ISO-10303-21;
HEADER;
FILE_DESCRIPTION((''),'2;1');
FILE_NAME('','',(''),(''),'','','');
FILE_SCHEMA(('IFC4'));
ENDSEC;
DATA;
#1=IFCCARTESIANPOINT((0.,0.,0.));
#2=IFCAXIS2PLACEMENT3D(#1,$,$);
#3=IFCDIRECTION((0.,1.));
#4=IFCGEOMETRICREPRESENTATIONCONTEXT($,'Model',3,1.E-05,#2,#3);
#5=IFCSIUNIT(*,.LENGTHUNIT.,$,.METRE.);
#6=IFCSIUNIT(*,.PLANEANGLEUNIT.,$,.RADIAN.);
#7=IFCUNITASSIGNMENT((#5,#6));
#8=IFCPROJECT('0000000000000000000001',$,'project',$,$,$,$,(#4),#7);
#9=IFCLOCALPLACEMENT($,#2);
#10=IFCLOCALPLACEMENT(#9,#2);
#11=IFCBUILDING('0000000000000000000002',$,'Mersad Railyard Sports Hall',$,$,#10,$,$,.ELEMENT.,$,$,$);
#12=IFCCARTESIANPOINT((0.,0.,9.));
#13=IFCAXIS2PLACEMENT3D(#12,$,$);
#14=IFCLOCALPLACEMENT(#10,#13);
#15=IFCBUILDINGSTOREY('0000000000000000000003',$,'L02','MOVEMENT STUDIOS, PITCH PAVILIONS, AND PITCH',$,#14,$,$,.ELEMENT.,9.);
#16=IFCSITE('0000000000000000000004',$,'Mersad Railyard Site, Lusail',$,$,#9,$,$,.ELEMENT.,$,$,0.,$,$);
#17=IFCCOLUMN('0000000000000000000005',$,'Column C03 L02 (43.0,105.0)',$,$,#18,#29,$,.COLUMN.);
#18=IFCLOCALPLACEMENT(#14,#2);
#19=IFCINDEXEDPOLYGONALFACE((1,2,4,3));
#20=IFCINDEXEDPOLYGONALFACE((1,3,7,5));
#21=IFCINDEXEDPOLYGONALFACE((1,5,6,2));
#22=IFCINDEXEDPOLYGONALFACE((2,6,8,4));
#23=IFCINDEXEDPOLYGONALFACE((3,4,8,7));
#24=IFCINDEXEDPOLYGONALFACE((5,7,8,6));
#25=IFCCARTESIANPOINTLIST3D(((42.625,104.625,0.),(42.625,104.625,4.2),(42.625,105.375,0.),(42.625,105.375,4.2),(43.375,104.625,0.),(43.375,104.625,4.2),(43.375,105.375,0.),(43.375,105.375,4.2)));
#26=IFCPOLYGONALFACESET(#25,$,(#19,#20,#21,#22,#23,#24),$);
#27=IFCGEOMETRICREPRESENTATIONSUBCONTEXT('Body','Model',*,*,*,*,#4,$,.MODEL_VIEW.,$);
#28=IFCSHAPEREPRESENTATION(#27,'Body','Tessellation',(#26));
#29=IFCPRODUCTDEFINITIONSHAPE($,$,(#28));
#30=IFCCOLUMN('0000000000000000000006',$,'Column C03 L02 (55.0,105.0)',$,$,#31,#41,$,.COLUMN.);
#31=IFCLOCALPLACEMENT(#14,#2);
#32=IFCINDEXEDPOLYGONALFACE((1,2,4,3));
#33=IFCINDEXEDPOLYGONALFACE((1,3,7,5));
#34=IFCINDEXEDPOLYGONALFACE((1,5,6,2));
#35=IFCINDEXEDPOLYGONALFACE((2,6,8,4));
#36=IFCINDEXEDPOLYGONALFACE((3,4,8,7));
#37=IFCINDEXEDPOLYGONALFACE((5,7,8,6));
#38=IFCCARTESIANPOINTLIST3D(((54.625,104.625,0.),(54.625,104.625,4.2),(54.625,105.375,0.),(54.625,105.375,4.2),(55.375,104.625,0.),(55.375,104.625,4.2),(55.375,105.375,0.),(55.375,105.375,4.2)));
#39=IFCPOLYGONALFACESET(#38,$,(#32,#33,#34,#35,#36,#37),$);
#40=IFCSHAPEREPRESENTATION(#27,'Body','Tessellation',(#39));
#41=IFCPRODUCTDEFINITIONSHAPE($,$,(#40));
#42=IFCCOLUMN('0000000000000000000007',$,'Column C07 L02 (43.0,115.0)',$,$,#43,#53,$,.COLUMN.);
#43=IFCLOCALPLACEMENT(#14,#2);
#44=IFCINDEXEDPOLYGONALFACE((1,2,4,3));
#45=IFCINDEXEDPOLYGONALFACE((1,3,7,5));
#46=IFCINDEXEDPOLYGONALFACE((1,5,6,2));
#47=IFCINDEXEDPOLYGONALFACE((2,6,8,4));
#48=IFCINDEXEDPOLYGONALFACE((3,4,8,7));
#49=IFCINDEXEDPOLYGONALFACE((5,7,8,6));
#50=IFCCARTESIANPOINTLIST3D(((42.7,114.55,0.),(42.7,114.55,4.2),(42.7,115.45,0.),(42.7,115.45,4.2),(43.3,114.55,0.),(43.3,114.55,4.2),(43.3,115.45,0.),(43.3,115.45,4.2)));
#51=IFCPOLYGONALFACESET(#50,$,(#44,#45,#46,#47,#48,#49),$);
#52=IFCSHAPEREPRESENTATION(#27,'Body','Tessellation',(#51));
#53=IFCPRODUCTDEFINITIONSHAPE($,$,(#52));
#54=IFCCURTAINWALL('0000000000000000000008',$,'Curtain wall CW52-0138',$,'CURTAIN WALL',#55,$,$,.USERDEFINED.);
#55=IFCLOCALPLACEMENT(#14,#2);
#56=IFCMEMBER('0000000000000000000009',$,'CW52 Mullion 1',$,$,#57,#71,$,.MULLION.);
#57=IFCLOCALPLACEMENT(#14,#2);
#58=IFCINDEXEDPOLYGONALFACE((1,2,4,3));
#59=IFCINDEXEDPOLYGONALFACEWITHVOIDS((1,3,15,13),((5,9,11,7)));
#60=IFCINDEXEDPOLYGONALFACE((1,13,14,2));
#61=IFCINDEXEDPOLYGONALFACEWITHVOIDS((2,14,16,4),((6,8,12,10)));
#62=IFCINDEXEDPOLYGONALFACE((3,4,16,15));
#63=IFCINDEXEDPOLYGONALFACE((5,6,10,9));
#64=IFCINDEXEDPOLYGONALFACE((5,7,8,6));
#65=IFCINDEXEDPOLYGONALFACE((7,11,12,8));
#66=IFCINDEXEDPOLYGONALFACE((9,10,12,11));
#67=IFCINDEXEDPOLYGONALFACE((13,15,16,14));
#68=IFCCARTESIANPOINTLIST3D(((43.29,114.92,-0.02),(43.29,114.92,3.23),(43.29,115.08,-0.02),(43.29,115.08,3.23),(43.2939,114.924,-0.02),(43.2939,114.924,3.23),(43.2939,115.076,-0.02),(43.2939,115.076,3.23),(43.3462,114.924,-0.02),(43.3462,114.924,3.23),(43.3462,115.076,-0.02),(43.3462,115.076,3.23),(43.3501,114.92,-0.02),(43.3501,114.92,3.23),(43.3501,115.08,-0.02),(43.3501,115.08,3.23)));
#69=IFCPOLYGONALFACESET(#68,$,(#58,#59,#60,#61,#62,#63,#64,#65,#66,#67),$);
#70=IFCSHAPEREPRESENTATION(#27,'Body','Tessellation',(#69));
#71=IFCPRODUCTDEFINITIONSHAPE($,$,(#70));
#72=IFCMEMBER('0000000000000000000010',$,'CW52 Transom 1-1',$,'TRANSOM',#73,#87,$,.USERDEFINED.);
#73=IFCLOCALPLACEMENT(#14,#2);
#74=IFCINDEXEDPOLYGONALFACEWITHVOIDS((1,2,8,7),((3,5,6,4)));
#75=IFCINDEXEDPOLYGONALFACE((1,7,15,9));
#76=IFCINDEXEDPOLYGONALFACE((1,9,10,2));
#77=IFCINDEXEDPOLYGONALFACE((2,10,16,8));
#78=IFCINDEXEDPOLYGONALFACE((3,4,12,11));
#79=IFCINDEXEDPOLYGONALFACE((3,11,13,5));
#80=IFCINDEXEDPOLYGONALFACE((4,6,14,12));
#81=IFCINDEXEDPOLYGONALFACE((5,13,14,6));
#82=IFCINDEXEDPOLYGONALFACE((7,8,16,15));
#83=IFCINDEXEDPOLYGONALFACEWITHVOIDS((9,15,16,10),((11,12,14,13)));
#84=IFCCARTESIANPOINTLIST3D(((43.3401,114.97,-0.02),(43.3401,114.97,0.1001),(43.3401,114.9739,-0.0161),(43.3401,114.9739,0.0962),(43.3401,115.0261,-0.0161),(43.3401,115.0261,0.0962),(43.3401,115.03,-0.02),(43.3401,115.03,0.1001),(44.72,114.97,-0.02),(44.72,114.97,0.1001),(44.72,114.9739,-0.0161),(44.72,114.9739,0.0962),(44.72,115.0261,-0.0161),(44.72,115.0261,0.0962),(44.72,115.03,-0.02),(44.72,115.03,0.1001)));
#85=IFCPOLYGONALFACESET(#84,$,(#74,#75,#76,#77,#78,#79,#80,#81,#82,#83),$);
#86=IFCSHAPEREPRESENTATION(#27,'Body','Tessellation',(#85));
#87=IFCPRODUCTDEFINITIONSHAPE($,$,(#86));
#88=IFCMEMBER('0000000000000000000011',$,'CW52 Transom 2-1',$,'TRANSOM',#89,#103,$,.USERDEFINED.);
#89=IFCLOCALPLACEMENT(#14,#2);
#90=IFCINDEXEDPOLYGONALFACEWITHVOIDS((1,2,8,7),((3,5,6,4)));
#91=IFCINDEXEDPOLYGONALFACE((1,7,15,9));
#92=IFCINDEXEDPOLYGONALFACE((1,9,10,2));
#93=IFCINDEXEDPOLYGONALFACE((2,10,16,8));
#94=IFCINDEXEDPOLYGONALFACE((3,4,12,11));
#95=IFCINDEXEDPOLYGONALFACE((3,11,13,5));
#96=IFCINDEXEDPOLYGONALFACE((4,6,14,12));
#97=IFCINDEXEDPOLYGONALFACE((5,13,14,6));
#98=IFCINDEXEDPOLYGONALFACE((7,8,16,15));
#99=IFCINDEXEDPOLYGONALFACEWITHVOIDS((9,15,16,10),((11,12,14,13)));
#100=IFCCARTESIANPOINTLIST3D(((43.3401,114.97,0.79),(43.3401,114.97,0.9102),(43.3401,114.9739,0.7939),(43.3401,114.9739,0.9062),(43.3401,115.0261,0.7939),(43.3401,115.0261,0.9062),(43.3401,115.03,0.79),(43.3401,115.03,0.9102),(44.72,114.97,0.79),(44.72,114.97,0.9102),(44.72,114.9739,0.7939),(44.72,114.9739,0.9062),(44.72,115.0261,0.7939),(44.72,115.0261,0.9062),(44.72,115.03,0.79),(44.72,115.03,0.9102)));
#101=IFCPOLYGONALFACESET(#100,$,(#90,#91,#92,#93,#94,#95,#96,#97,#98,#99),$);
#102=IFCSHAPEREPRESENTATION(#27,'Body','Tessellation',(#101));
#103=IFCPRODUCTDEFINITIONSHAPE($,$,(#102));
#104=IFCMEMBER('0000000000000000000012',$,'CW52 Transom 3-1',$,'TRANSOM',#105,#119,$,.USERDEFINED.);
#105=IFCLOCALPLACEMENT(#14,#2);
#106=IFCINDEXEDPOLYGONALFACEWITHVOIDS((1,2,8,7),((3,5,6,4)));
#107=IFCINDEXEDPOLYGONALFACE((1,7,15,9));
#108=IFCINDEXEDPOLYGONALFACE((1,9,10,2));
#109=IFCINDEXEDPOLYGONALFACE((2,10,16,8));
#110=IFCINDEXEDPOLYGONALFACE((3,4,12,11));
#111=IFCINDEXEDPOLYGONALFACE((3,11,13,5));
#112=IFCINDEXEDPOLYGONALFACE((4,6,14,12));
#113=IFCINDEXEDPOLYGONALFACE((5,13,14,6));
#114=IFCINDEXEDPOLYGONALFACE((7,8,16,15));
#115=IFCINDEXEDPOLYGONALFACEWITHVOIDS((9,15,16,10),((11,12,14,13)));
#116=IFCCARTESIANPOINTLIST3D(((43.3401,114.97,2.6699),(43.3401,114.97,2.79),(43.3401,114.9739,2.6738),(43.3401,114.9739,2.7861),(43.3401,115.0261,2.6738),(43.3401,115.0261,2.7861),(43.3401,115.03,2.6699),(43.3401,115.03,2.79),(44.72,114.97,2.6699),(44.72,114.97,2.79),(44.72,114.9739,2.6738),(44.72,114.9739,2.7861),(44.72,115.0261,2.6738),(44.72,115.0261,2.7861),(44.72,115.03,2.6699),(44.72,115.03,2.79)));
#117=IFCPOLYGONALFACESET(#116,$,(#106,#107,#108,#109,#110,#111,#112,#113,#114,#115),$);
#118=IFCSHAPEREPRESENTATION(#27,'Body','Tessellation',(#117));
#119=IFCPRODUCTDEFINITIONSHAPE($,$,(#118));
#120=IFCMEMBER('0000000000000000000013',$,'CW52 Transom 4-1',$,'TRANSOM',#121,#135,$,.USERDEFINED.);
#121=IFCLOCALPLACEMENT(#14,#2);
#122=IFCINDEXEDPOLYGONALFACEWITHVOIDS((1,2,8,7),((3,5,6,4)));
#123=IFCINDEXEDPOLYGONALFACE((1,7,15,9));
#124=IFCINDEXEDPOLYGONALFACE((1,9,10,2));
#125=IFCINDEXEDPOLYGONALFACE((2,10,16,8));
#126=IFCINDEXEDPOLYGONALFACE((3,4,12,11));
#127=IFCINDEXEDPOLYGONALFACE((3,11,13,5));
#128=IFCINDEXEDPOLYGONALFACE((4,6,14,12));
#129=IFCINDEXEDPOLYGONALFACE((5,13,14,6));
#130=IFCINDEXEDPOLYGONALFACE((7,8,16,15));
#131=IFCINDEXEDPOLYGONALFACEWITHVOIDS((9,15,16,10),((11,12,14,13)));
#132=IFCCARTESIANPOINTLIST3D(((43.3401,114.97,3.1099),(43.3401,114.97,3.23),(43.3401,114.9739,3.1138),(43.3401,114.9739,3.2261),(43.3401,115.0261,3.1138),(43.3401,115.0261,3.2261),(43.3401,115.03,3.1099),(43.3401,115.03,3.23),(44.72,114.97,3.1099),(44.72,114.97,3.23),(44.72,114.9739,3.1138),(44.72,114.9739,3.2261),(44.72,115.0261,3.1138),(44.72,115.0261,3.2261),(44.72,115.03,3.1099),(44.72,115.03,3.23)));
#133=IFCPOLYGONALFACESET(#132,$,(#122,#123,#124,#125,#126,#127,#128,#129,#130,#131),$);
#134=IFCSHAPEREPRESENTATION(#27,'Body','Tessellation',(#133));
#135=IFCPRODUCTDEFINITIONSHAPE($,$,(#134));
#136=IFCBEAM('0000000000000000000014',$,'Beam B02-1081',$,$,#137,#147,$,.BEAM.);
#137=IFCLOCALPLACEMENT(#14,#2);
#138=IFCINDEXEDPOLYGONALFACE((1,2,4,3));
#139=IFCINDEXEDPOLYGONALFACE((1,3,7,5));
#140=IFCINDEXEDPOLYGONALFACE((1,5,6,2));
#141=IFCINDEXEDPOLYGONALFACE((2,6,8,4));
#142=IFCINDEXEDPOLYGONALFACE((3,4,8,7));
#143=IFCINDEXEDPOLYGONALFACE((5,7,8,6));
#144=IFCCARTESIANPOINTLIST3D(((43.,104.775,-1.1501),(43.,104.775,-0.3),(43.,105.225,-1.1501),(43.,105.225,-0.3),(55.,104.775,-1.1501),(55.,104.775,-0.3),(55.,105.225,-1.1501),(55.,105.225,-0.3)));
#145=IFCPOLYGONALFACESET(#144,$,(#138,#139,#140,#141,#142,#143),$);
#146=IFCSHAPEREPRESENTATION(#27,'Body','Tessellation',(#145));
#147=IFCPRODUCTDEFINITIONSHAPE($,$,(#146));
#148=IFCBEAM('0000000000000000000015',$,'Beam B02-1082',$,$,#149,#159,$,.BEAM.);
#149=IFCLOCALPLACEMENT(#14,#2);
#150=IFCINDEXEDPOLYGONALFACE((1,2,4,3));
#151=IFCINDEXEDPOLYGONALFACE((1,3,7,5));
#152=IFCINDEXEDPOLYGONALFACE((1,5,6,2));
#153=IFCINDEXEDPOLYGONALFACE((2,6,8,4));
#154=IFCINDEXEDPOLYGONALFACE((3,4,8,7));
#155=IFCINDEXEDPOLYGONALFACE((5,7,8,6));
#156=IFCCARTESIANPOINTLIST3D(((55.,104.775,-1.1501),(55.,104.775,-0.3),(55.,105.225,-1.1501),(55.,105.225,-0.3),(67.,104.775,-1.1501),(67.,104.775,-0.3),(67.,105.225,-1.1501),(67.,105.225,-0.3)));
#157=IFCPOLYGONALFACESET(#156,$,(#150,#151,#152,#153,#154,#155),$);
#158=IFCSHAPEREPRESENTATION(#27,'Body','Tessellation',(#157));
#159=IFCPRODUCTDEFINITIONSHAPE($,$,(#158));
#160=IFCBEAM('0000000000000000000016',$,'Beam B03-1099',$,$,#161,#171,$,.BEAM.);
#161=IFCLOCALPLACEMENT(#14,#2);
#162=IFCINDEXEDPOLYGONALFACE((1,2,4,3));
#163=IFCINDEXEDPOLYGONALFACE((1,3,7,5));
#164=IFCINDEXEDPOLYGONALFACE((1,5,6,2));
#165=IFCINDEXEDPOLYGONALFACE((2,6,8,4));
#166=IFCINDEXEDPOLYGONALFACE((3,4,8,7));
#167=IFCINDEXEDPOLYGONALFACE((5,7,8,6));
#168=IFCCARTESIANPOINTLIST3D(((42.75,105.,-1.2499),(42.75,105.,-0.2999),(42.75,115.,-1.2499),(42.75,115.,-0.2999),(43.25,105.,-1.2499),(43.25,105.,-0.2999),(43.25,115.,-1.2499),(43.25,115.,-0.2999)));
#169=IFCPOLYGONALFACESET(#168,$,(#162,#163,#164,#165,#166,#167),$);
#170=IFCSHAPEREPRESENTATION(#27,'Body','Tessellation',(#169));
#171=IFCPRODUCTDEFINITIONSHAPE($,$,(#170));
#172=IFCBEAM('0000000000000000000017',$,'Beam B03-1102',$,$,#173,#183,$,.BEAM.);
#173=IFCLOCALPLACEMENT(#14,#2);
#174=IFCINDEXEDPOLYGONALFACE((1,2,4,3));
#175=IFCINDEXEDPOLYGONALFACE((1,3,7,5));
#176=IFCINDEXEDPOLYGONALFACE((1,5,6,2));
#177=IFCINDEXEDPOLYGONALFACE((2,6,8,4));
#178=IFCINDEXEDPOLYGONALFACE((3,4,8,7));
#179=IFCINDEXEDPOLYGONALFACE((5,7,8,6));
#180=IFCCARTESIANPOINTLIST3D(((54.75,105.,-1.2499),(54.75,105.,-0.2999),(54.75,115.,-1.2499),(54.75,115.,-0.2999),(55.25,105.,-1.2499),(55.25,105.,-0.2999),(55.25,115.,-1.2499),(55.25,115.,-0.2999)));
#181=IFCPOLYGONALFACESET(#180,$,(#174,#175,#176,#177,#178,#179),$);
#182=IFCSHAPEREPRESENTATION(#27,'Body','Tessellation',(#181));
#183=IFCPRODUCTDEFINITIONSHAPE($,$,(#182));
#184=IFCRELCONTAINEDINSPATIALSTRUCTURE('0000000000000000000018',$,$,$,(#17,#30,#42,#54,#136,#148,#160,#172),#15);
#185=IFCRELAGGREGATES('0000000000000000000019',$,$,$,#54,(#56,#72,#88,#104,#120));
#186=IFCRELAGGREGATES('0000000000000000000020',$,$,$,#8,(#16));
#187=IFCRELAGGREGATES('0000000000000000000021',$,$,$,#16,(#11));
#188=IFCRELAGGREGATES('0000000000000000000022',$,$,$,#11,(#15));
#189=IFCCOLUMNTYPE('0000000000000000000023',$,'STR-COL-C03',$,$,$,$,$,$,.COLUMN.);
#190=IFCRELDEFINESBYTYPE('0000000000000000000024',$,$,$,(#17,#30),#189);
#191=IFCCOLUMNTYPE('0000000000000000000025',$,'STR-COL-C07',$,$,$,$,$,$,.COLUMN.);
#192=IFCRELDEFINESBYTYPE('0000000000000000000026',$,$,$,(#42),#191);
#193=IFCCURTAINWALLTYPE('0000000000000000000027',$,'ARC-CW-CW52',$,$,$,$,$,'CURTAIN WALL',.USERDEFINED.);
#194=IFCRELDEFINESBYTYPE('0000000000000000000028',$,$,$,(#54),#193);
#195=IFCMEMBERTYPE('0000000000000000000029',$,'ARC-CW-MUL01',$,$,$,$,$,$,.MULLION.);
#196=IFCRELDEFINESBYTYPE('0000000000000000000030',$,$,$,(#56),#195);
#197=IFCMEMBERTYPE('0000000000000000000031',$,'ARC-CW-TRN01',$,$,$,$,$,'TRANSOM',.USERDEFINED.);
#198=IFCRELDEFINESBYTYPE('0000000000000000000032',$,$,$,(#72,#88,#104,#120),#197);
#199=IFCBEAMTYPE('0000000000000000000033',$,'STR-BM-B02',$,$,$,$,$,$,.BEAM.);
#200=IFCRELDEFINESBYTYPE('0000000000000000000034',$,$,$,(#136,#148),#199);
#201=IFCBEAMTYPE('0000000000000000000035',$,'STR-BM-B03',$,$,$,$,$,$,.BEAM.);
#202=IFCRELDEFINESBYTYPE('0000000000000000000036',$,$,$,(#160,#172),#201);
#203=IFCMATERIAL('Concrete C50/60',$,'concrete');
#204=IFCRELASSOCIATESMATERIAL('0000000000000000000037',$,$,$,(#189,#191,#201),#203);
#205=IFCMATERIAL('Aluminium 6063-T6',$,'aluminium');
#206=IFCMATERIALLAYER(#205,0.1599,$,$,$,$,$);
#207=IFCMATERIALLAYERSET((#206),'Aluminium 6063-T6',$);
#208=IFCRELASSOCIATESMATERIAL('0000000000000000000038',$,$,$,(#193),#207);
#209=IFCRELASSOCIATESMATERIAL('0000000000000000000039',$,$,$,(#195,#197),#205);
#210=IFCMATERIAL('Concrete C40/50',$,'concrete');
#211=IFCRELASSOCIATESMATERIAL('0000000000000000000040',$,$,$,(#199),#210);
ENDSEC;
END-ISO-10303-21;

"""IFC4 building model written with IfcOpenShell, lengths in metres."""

from ifc_helpers import new_model, si_unit, direction, frame, origin, origin_2d, place, context, subcontext, project, spatial, rectangle, hollow_rectangle, extrude, material, layer, layer_set, material_profile, profile_set, type_object, element, aggregate, save


model = new_model("IFC4")

# Units and contexts
model_context = context("Model", 3, precision=1e-05, world=origin(), true_north=direction((0.0, 1.0)))
body_context = subcontext(model_context, "Body", "Model", "MODEL_VIEW")
ifc_project = project(units=[si_unit("LENGTHUNIT", "METRE"), si_unit("PLANEANGLEUNIT", "RADIAN")], contexts=[model_context])

# Site, building, storey
site_placement = place(None, origin())
site = spatial("IfcSite", under=ifc_project, at=site_placement, Name="Mersad Railyard Site, Lusail", CompositionType="ELEMENT", RefElevation=0.0)
building_placement = place(site_placement, origin())
building = spatial("IfcBuilding", under=site, at=building_placement, Name="Mersad Railyard Sports Hall", CompositionType="ELEMENT")
storey_placement = place(building_placement, frame((0.0, 0.0, 9.0)))
storey = spatial("IfcBuildingStorey", under=building, at=storey_placement, Name="L02", Description="MOVEMENT STUDIOS, PITCH PAVILIONS, AND PITCH", CompositionType="ELEMENT", Elevation=9.0)

# Columns
ifc_material_1 = material(Name="Concrete C50/60", Category="concrete")
ifc_material_profile_1 = material_profile(ifc_material_1, rectangle(XDim=0.75, YDim=0.75, at=origin_2d()), Name="RC 750x750")
ifc_profile_set_1 = profile_set([ifc_material_profile_1], Name="Concrete C50/60")
column_type_1 = type_object("IfcColumnType", Name="STR-COL-C03", PredefinedType="COLUMN", material=ifc_profile_set_1)
for number, where, z_axis, x_axis, name in (
    (1, (43.0, 105.0, 0.0), (0.0, 0.0, 1.0), (1.0, 0.0, 0.0), "Column C03 L02 (43.0,105.0)"),
    (2, (55.0, 105.0, 0.0), (0.0, 0.0, 1.0), (1.0, 0.0, 0.0), "Column C03 L02 (55.0,105.0)"),
):
    element("IfcColumn", number, at=place(storey_placement, frame(where, z_axis=z_axis, x_axis=x_axis)), inside=storey, type_object=column_type_1, Name=name, PredefinedType="COLUMN", context=body_context, shape_type="SweptSolid", body=[
        extrude(rectangle(XDim=0.75, YDim=0.75, at=origin_2d()), origin(), (0.0, 0.0, 1.0), 4.2),
    ])
ifc_material_profile_2 = material_profile(ifc_material_1, rectangle(XDim=0.6001, YDim=0.8999, at=origin_2d()), Name="RC 600x900")
ifc_profile_set_2 = profile_set([ifc_material_profile_2], Name="Concrete C50/60")
column_type_2 = type_object("IfcColumnType", Name="STR-COL-C07", PredefinedType="COLUMN", material=ifc_profile_set_2)
column_placement = place(storey_placement, frame((43.0, 115.0, 0.0), z_axis=(0.0, 0.0, 1.0), x_axis=(1.0, 0.0, 0.0)))
element("IfcColumn", 3, at=column_placement, inside=storey, type_object=column_type_2, Name="Column C07 L02 (43.0,115.0)", PredefinedType="COLUMN", context=body_context, shape_type="SweptSolid", body=[
    extrude(rectangle(XDim=0.6001, YDim=0.8999, at=origin_2d()), origin(), (0.0, 0.0, 1.0), 4.2),
])

# Curtain wall, members
ifc_material_2 = material(Name="Aluminium 6063-T6", Category="aluminium")
ifc_layer_1 = layer(ifc_material_2, 0.1599)
ifc_layer_set_1 = layer_set([ifc_layer_1], Name="Aluminium 6063-T6")
curtain_wall_type = type_object("IfcCurtainWallType", Name="ARC-CW-CW52", ElementType="CURTAIN WALL", PredefinedType="USERDEFINED", material=ifc_layer_set_1)
curtain_wall_placement = place(storey_placement, origin())
curtain_wall = element("IfcCurtainWall", 4, at=curtain_wall_placement, inside=storey, type_object=curtain_wall_type, Name="Curtain wall CW52-0138", ObjectType="CURTAIN WALL", PredefinedType="USERDEFINED")
ifc_material_profile_3 = material_profile(ifc_material_2, hollow_rectangle(XDim=0.0601, YDim=0.1599, WallThickness=0.0039, at=origin_2d()), Name="AL MULLION 60x160x4")
ifc_profile_set_3 = profile_set([ifc_material_profile_3], Name="Aluminium 6063-T6")
member_type_1 = type_object("IfcMemberType", Name="ARC-CW-MUL01", PredefinedType="MULLION", material=ifc_profile_set_3)
member_1_placement = place(storey_placement, frame((43.3201, 115.0, -0.02), z_axis=(0.0, 0.0, 1.0), x_axis=(1.0, 0.0, 0.0)))
member_1 = element("IfcMember", 5, at=member_1_placement, type_object=member_type_1, Name="CW52 Mullion 1", PredefinedType="MULLION", context=body_context, shape_type="SweptSolid", body=[
    extrude(hollow_rectangle(XDim=0.0601, YDim=0.1599, WallThickness=0.0039, at=origin_2d()), origin(), (0.0, 0.0, 1.0), 3.25),
])
ifc_material_profile_4 = material_profile(ifc_material_2, hollow_rectangle(XDim=0.0601, YDim=0.1201, WallThickness=0.0039, at=origin_2d()), Name="AL TRANSOM 60x120x4")
ifc_profile_set_4 = profile_set([ifc_material_profile_4], Name="Aluminium 6063-T6")
member_type_2 = type_object("IfcMemberType", Name="ARC-CW-TRN01", ElementType="TRANSOM", PredefinedType="USERDEFINED", material=ifc_profile_set_4)
member_2_placement = place(storey_placement, frame((43.3401, 115.0, 0.04), z_axis=(1.0, 0.0, 0.0), x_axis=(0.0, 1.0, 0.0)))
member_2 = element("IfcMember", 6, at=member_2_placement, type_object=member_type_2, Name="CW52 Transom 1-1", ObjectType="TRANSOM", PredefinedType="USERDEFINED", context=body_context, shape_type="SweptSolid", body=[
    extrude(hollow_rectangle(XDim=0.0601, YDim=0.1201, WallThickness=0.0039, at=origin_2d()), origin(), (0.0, 0.0, 1.0), 1.3799),
])
member_3_placement = place(storey_placement, frame((43.3401, 115.0, 0.8501), z_axis=(1.0, 0.0, 0.0), x_axis=(0.0, 1.0, 0.0)))
member_3 = element("IfcMember", 7, at=member_3_placement, type_object=member_type_2, Name="CW52 Transom 2-1", ObjectType="TRANSOM", PredefinedType="USERDEFINED", context=body_context, shape_type="SweptSolid", body=[
    extrude(hollow_rectangle(XDim=0.0601, YDim=0.1201, WallThickness=0.0039, at=origin_2d()), origin(), (0.0, 0.0, 1.0), 1.3799),
])
member_4_placement = place(storey_placement, frame((43.3401, 115.0, 2.73), z_axis=(1.0, 0.0, 0.0), x_axis=(0.0, 1.0, 0.0)))
member_4 = element("IfcMember", 8, at=member_4_placement, type_object=member_type_2, Name="CW52 Transom 3-1", ObjectType="TRANSOM", PredefinedType="USERDEFINED", context=body_context, shape_type="SweptSolid", body=[
    extrude(hollow_rectangle(XDim=0.0601, YDim=0.1201, WallThickness=0.0039, at=origin_2d()), origin(), (0.0, 0.0, 1.0), 1.3799),
])
member_5_placement = place(storey_placement, frame((43.3401, 115.0, 3.1699), z_axis=(1.0, 0.0, 0.0), x_axis=(0.0, 1.0, 0.0)))
member_5 = element("IfcMember", 9, at=member_5_placement, type_object=member_type_2, Name="CW52 Transom 4-1", ObjectType="TRANSOM", PredefinedType="USERDEFINED", context=body_context, shape_type="SweptSolid", body=[
    extrude(hollow_rectangle(XDim=0.0601, YDim=0.1201, WallThickness=0.0039, at=origin_2d()), origin(), (0.0, 0.0, 1.0), 1.3799),
])

# Beams
ifc_material_3 = material(Name="Concrete C40/50", Category="concrete")
ifc_material_profile_5 = material_profile(ifc_material_3, rectangle(XDim=0.45, YDim=0.8501, at=origin_2d()), Name="RC 450x850")
ifc_profile_set_5 = profile_set([ifc_material_profile_5], Name="Concrete C40/50")
beam_type_1 = type_object("IfcBeamType", Name="STR-BM-B02", PredefinedType="BEAM", material=ifc_profile_set_5)
for number, where, z_axis, x_axis, name in (
    (10, (43.0, 105.0, -0.7251), (1.0, 0.0, 0.0), (0.0, 1.0, 0.0), "Beam B02-1081"),
    (11, (55.0, 105.0, -0.7251), (1.0, 0.0, 0.0), (0.0, 1.0, 0.0), "Beam B02-1082"),
):
    element("IfcBeam", number, at=place(storey_placement, frame(where, z_axis=z_axis, x_axis=x_axis)), inside=storey, type_object=beam_type_1, Name=name, PredefinedType="BEAM", context=body_context, shape_type="SweptSolid", body=[
        extrude(rectangle(XDim=0.45, YDim=0.8501, at=origin_2d()), origin(), (0.0, 0.0, 1.0), 12.0),
    ])
ifc_material_profile_6 = material_profile(ifc_material_1, rectangle(XDim=0.5, YDim=0.95, at=origin_2d()), Name="RC 500x950")
ifc_profile_set_6 = profile_set([ifc_material_profile_6], Name="Concrete C50/60")
beam_type_2 = type_object("IfcBeamType", Name="STR-BM-B03", PredefinedType="BEAM", material=ifc_profile_set_6)
for number, where, z_axis, x_axis, name in (
    (12, (43.0, 105.0, -0.7749), (0.0, 1.0, 0.0), (-1.0, 0.0, 0.0), "Beam B03-1099"),
    (13, (55.0, 105.0, -0.7749), (0.0, 1.0, 0.0), (-1.0, 0.0, 0.0), "Beam B03-1102"),
):
    element("IfcBeam", number, at=place(storey_placement, frame(where, z_axis=z_axis, x_axis=x_axis)), inside=storey, type_object=beam_type_2, Name=name, PredefinedType="BEAM", context=body_context, shape_type="SweptSolid", body=[
        extrude(rectangle(XDim=0.5, YDim=0.95, at=origin_2d()), origin(), (0.0, 0.0, 1.0), 10.0),
    ])

aggregate(curtain_wall, [member_1, member_2, member_3, member_4, member_5])

save(model, "model.ifc")
